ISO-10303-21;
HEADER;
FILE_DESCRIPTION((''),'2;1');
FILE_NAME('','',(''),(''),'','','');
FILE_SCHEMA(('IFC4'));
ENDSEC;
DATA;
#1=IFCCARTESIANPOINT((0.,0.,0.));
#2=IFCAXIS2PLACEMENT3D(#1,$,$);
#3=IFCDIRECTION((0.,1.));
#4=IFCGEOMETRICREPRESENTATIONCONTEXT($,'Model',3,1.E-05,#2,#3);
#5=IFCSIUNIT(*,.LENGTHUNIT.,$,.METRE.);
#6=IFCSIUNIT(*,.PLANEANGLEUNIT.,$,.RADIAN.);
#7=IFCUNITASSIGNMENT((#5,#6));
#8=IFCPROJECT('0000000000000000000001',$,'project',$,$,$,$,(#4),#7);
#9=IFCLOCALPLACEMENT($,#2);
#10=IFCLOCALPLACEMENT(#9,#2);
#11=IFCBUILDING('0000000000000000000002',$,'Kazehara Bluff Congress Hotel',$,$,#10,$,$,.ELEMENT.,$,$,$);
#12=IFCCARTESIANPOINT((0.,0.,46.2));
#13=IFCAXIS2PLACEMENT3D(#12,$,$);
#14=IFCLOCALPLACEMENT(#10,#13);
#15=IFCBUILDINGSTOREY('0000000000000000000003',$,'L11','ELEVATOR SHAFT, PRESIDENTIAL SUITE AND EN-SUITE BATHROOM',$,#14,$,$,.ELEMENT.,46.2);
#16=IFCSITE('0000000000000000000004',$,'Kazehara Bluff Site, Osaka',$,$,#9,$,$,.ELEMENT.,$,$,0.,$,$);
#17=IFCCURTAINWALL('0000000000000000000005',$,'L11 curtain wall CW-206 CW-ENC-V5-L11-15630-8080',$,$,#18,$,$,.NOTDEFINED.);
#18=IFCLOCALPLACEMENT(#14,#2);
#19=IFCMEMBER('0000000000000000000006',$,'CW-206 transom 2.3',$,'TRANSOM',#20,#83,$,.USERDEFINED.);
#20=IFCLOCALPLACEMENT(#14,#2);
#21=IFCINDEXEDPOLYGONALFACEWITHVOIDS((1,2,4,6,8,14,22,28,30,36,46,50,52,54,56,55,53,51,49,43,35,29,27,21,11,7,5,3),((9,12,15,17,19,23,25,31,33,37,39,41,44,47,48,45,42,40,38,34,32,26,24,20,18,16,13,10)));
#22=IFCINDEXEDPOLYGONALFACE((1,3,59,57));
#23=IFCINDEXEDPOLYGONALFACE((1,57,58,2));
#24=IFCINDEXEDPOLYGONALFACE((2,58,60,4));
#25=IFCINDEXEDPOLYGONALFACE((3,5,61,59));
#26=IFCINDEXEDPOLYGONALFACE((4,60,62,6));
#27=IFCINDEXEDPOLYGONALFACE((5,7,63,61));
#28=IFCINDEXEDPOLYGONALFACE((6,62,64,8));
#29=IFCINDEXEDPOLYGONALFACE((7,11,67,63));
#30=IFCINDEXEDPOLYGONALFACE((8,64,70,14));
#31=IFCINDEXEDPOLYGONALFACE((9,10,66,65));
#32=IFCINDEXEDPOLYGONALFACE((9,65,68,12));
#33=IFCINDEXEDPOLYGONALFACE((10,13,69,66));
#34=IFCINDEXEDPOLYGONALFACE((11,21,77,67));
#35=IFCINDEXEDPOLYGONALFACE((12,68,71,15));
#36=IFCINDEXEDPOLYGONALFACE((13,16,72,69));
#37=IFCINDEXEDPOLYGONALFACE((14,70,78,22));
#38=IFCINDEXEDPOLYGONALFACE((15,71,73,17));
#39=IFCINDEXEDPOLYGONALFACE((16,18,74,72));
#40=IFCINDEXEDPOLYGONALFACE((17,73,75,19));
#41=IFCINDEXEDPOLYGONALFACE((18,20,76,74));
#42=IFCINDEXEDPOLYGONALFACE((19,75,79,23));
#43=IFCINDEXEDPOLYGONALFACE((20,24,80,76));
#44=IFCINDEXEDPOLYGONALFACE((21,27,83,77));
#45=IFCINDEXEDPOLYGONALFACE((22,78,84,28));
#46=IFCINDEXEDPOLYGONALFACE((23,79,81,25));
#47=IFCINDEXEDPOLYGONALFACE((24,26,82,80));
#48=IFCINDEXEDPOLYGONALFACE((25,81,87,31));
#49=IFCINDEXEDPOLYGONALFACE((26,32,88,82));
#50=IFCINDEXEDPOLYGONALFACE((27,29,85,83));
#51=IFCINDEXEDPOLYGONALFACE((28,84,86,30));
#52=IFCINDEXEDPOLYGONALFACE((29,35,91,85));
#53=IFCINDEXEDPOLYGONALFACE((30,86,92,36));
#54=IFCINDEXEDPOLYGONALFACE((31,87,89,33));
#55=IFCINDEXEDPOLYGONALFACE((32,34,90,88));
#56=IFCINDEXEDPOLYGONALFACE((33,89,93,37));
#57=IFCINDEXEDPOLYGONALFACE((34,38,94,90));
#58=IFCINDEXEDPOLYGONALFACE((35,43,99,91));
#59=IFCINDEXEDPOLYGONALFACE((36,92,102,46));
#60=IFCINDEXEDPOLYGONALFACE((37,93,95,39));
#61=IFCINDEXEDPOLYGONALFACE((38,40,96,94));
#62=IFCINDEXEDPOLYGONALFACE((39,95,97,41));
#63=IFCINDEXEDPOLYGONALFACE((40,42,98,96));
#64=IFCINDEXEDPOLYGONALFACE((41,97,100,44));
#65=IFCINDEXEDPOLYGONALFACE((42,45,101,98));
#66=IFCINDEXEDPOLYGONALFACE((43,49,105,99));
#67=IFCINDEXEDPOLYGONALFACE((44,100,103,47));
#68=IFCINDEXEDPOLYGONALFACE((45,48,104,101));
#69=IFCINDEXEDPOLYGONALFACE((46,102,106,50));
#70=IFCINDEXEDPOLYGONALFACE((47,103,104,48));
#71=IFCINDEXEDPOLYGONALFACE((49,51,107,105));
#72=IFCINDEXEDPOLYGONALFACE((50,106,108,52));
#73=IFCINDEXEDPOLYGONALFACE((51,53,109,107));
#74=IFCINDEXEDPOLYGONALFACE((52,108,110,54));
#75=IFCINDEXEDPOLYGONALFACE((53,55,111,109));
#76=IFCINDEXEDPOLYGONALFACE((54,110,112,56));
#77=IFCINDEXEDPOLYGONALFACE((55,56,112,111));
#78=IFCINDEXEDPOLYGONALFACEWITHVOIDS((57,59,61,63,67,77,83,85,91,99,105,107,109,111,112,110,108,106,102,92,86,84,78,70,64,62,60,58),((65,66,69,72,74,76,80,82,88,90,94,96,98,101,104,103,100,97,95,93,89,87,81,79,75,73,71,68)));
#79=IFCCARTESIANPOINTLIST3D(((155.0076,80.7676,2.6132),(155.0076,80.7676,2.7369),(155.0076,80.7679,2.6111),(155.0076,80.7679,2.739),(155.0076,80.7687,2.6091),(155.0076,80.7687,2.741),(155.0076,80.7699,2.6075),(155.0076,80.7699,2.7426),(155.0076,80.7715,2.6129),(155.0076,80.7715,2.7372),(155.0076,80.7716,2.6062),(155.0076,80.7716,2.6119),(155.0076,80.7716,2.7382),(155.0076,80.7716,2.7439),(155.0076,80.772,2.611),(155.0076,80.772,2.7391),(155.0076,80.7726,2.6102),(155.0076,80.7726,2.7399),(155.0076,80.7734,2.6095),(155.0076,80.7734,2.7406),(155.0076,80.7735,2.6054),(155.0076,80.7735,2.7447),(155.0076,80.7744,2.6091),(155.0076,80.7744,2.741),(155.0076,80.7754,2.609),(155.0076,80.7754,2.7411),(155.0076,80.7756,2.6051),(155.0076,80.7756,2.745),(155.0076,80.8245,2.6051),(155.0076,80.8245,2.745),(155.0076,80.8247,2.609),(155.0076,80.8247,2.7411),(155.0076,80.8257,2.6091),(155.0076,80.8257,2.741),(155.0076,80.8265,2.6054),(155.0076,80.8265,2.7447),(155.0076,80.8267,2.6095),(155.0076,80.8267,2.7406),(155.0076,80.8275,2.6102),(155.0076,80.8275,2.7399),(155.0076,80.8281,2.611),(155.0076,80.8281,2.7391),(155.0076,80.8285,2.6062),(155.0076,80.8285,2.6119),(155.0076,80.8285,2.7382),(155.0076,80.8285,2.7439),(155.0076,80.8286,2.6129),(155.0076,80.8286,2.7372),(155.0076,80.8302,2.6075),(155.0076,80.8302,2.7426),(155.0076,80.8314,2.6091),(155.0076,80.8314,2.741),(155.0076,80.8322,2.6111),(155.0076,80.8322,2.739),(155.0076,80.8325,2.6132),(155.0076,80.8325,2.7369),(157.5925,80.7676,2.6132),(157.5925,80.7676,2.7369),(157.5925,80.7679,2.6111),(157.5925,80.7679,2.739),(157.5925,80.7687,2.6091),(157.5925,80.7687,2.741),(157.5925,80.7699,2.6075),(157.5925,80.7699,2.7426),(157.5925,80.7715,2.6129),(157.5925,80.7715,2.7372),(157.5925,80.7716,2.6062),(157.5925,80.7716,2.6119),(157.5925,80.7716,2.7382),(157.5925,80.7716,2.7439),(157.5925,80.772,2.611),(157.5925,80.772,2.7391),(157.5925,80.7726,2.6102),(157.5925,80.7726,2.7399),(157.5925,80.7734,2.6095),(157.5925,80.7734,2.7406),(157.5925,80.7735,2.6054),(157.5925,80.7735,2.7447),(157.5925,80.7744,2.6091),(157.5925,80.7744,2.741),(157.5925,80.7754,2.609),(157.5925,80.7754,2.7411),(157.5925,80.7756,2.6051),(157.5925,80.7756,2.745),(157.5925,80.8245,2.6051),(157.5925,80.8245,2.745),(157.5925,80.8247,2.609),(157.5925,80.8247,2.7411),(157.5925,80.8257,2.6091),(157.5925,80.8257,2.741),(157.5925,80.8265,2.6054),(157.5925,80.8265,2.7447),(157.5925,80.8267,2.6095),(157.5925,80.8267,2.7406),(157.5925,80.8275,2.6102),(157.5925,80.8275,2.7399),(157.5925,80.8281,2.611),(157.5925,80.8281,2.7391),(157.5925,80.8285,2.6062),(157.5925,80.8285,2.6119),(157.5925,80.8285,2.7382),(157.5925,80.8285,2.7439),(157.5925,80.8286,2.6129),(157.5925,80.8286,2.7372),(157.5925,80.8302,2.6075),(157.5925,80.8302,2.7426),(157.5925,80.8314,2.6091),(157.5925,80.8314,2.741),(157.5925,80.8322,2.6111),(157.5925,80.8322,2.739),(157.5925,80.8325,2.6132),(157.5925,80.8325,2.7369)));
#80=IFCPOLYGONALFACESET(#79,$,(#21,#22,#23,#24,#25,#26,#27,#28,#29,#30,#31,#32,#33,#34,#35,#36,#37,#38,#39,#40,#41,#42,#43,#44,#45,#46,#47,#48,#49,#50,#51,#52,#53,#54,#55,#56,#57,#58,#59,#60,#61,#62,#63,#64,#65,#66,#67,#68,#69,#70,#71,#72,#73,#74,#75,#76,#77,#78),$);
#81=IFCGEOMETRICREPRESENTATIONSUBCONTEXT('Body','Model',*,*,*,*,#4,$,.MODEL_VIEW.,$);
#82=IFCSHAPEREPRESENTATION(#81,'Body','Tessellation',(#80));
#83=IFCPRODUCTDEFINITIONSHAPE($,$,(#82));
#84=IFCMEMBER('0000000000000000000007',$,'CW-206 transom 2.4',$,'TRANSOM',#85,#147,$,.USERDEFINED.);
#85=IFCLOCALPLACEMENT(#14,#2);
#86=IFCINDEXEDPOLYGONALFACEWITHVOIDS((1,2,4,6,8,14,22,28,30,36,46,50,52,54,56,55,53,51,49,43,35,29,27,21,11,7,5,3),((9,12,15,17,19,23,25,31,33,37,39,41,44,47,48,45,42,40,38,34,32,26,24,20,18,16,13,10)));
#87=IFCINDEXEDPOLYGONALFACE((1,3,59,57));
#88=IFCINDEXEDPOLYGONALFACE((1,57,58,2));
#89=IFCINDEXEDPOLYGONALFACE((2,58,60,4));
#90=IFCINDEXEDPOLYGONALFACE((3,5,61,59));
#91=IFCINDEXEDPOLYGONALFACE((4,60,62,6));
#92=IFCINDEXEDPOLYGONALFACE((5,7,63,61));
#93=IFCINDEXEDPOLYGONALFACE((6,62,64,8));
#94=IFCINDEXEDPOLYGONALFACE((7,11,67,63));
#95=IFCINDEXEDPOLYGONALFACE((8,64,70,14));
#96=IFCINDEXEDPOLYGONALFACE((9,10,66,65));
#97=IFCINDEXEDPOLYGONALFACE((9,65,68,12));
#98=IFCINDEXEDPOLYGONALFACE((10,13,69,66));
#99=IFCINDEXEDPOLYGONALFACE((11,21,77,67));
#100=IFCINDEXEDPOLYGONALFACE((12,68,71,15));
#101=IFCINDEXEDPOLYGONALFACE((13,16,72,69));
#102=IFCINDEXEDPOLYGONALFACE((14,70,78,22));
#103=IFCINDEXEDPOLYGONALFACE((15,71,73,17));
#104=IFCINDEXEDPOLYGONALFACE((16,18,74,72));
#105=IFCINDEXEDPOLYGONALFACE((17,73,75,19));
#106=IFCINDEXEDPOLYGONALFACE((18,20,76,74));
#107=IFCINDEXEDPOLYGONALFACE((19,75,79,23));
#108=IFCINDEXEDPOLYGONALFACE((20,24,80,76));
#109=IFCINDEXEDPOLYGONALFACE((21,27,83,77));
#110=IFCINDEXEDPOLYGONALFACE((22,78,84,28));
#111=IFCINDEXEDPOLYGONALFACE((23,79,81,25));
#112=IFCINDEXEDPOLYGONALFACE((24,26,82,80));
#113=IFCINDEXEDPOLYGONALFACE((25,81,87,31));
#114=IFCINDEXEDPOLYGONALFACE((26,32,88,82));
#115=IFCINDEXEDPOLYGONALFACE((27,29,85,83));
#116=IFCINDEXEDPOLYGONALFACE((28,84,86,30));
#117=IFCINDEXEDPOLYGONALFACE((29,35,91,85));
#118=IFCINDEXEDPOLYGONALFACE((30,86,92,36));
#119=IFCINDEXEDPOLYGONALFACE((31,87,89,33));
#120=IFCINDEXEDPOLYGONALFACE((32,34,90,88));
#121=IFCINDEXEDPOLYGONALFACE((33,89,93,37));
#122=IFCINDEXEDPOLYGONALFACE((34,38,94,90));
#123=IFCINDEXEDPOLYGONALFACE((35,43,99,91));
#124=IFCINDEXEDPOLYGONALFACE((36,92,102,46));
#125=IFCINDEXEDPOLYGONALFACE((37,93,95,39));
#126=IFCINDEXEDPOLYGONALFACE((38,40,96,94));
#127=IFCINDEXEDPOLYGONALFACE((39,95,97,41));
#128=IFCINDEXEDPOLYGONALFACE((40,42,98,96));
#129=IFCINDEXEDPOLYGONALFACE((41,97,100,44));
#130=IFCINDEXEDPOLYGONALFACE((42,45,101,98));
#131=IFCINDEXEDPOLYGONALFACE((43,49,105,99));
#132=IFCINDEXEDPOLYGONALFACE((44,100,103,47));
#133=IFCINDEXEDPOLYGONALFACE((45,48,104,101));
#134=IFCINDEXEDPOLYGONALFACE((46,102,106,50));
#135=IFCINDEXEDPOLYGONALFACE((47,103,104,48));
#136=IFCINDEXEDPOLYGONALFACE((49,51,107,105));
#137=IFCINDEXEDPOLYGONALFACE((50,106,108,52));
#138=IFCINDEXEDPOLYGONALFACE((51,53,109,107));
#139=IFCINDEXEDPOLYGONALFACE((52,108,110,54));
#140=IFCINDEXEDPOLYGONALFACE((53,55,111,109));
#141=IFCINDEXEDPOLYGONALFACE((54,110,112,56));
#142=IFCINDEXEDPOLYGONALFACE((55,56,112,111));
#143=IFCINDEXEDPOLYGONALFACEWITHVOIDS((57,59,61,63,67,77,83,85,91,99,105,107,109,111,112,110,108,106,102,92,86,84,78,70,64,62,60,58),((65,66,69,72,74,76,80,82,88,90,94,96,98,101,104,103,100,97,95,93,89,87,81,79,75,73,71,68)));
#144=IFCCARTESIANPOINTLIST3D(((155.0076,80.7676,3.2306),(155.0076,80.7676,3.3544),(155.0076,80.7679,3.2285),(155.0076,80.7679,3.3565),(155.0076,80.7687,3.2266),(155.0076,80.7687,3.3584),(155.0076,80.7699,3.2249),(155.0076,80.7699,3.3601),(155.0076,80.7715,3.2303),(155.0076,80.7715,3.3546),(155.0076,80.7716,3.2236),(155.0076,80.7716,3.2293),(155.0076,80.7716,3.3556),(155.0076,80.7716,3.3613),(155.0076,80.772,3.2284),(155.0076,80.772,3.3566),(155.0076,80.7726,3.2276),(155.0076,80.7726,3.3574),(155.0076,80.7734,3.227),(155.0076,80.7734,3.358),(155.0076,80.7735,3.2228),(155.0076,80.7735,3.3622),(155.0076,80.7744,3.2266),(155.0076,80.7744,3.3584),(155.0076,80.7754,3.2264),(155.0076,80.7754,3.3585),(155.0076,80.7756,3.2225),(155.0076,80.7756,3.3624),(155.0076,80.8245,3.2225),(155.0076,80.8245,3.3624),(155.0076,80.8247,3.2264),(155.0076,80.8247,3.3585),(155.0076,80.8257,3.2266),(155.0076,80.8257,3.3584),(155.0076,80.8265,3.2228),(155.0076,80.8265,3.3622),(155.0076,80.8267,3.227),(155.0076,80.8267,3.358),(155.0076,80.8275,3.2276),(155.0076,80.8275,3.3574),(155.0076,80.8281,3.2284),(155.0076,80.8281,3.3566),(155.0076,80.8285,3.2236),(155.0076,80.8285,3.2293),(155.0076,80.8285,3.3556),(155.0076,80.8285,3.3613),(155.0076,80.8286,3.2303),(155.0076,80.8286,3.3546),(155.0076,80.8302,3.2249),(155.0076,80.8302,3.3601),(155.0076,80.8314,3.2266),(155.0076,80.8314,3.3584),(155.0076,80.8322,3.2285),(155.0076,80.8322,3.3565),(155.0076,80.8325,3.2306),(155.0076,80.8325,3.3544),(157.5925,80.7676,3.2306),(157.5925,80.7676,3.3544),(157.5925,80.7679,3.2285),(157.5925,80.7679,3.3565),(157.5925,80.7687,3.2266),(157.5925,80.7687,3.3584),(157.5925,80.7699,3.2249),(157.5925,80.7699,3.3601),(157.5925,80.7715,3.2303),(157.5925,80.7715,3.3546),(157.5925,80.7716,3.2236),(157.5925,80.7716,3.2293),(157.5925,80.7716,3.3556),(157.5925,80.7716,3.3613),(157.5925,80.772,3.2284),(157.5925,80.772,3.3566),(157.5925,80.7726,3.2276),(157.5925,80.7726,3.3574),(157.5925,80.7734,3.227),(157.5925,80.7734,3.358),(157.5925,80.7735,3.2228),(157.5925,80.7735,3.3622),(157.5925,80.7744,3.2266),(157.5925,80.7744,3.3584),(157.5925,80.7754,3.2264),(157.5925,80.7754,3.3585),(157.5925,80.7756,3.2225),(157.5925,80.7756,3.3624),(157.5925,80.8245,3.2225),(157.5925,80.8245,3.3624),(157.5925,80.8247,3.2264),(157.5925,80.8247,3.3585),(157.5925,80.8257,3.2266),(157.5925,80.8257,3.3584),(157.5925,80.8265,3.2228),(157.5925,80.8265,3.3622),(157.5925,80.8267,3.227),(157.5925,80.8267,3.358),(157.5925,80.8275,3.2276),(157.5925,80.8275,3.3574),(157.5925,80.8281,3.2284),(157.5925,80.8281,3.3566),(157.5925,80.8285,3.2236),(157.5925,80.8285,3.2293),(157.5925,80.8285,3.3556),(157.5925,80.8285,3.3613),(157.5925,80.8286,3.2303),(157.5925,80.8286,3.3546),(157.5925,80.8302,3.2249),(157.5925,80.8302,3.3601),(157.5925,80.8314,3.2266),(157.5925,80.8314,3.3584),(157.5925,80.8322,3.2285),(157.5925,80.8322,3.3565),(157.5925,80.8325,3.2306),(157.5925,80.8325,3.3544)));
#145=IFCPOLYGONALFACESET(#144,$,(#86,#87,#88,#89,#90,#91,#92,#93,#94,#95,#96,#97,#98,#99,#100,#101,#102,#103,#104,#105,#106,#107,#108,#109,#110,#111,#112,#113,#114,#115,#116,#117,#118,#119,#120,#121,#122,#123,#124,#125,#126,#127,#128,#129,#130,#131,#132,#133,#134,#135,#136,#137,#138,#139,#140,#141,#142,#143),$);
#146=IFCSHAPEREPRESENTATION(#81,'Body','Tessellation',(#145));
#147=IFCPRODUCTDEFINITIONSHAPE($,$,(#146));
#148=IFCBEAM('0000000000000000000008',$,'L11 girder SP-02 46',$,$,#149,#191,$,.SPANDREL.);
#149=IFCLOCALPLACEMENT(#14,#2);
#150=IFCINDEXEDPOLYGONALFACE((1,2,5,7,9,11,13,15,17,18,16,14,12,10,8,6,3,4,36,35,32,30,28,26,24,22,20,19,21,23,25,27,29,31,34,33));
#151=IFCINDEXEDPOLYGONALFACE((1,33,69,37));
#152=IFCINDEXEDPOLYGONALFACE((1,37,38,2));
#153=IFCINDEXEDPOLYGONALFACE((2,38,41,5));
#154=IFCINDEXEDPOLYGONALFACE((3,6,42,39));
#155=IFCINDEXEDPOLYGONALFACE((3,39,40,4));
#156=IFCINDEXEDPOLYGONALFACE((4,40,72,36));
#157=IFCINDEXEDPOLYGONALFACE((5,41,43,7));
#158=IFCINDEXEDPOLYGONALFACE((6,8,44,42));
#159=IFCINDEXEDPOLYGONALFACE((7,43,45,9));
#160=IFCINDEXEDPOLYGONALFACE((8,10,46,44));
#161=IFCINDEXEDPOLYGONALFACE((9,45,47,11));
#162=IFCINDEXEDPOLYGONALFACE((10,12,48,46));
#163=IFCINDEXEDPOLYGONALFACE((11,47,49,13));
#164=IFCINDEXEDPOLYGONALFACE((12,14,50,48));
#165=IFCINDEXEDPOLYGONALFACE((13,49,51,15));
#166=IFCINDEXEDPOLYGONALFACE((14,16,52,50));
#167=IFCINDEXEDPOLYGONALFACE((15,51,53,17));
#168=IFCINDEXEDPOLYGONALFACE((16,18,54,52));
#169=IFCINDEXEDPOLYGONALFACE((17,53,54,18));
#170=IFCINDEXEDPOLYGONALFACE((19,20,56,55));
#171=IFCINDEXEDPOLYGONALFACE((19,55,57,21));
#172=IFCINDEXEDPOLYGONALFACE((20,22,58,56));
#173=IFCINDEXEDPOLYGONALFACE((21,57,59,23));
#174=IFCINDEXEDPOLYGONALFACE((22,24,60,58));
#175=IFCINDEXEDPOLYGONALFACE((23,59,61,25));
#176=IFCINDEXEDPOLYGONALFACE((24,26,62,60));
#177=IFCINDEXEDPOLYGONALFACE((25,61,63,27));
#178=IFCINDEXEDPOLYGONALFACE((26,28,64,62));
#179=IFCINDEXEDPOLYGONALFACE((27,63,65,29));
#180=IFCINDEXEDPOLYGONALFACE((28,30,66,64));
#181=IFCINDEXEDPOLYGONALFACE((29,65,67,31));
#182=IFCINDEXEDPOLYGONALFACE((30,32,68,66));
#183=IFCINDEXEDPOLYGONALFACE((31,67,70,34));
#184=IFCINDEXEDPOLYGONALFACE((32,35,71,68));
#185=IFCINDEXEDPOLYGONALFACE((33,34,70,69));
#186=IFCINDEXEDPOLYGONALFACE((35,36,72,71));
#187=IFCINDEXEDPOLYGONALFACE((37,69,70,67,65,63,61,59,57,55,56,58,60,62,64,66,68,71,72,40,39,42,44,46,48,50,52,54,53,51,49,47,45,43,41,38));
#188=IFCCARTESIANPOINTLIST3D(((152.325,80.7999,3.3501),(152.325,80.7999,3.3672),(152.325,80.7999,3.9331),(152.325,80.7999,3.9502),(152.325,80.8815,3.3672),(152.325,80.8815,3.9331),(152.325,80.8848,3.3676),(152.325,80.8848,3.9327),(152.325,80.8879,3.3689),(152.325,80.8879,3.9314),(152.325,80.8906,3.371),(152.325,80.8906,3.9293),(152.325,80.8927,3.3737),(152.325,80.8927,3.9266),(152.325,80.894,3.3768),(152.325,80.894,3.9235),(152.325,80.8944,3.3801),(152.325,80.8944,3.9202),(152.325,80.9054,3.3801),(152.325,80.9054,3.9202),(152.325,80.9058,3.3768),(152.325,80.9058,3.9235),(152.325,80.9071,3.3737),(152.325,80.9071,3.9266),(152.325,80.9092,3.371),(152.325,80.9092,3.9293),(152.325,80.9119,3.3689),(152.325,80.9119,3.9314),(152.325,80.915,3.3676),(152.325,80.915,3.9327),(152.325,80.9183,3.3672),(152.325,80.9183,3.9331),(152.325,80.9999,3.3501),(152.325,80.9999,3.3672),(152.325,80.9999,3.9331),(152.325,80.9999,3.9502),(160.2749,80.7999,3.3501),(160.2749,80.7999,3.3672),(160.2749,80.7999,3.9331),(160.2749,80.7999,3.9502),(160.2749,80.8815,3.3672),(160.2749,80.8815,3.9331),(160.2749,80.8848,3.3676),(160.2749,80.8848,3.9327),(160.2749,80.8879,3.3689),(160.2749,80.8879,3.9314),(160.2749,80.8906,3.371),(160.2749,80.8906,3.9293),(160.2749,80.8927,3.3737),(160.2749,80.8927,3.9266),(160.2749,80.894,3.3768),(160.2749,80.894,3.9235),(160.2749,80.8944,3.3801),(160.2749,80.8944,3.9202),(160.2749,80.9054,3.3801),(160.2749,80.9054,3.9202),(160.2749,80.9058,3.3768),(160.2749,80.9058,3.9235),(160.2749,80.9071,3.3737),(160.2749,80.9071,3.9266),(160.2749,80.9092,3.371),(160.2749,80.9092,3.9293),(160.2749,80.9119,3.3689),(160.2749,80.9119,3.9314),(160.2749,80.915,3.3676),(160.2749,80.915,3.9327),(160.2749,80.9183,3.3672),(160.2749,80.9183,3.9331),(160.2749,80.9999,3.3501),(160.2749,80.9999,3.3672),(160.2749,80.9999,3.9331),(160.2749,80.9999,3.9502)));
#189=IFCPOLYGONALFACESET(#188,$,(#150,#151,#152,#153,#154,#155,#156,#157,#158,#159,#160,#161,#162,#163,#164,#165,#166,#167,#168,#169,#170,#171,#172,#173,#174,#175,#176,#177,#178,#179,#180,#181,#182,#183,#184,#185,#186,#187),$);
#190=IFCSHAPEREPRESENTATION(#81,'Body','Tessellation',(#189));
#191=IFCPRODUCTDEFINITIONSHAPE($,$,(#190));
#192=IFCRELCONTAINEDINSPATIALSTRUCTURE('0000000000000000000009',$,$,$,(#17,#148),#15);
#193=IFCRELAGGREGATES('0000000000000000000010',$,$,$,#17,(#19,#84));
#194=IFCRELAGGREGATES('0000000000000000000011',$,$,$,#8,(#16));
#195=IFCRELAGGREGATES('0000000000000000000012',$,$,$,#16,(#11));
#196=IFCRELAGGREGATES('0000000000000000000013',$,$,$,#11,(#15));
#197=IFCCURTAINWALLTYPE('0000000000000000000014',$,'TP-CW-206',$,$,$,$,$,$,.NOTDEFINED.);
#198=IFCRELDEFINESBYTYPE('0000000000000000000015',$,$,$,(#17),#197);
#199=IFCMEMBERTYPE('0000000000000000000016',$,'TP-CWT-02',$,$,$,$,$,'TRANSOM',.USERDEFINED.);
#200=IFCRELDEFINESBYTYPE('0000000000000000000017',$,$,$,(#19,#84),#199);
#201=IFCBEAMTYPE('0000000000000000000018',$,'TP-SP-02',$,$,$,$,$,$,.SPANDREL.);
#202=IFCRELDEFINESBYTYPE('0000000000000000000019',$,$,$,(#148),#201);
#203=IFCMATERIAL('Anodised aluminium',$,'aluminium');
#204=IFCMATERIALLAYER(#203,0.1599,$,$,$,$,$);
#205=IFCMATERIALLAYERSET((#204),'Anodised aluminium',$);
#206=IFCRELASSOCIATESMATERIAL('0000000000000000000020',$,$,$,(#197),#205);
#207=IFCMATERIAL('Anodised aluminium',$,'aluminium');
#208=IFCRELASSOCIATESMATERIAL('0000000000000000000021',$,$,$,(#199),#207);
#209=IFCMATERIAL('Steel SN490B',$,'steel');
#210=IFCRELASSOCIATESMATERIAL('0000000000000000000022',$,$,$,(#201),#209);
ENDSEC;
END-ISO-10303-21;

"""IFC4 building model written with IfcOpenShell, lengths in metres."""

from ifc_helpers import new_model, si_unit, direction, frame, origin, origin_2d, place, context, subcontext, project, spatial, hollow_rectangle, i_section, extrude, material, layer, layer_set, material_profile, profile_set, type_object, element, aggregate, save


model = new_model("IFC4")

# Units and contexts
model_context = context("Model", 3, precision=1e-05, world=origin(), true_north=direction((0.0, 1.0)))
body_context = subcontext(model_context, "Body", "Model", "MODEL_VIEW")
ifc_project = project(units=[si_unit("LENGTHUNIT", "METRE"), si_unit("PLANEANGLEUNIT", "RADIAN")], contexts=[model_context])

# Site, building, storey
site_placement = place(None, origin())
site = spatial("IfcSite", under=ifc_project, at=site_placement, Name="Kazehara Bluff Site, Osaka", CompositionType="ELEMENT", RefElevation=0.0)
building_placement = place(site_placement, origin())
building = spatial("IfcBuilding", under=site, at=building_placement, Name="Kazehara Bluff Congress Hotel", CompositionType="ELEMENT")
storey_placement = place(building_placement, frame((0.0, 0.0, 46.2)))
storey = spatial("IfcBuildingStorey", under=building, at=storey_placement, Name="L11", Description="ELEVATOR SHAFT, PRESIDENTIAL SUITE AND EN-SUITE BATHROOM", CompositionType="ELEMENT", Elevation=46.2)

# Shared definitions
ifc_material_1 = material(Name="Anodised aluminium", Category="aluminium")
ifc_layer_1 = layer(ifc_material_1, 0.1599)
ifc_layer_set_1 = layer_set([ifc_layer_1], Name="Anodised aluminium")
curtain_wall_type = type_object("IfcCurtainWallType", Name="TP-CW-206", PredefinedType="NOTDEFINED", material=ifc_layer_set_1)

# Curtain wall, members
curtain_wall_1_placement = place(storey_placement, origin())
curtain_wall_1 = element("IfcCurtainWall", 1, at=curtain_wall_1_placement, inside=storey, type_object=curtain_wall_type, Name="L11 curtain wall CW-206 CW-ENC-V5-L11-15630-8080", PredefinedType="NOTDEFINED")
ifc_material_2 = material(Name="Anodised aluminium", Category="aluminium")
ifc_material_profile_1 = material_profile(ifc_material_2, hollow_rectangle(XDim=0.0649, YDim=0.1399, WallThickness=0.0039, InnerFilletRadius=0.0039, OuterFilletRadius=0.0081, at=origin_2d()))
ifc_profile_set_1 = profile_set([ifc_material_profile_1], Name="Anodised aluminium")
member_type_1 = type_object("IfcMemberType", Name="TP-CWT-02", ElementType="TRANSOM", PredefinedType="USERDEFINED", material=ifc_profile_set_1)
member_1_placement = place(storey_placement, frame((155.0076, 80.8, 2.675), z_axis=(1.0, 0.0, 0.0), x_axis=(0.0, 1.0, 0.0)))
member_1 = element("IfcMember", 2, at=member_1_placement, type_object=member_type_1, Name="CW-206 transom 2.3", ObjectType="TRANSOM", PredefinedType="USERDEFINED", context=body_context, shape_type="SweptSolid", body=[
    extrude(hollow_rectangle(XDim=0.0649, YDim=0.1399, WallThickness=0.0039, InnerFilletRadius=0.0039, OuterFilletRadius=0.0081, at=origin_2d()), origin(), (0.0, 0.0, 1.0), 2.585),
])
member_2_placement = place(storey_placement, frame((155.0076, 80.8, 3.2925), z_axis=(1.0, 0.0, 0.0), x_axis=(0.0, 1.0, 0.0)))
member_2 = element("IfcMember", 3, at=member_2_placement, type_object=member_type_1, Name="CW-206 transom 2.4", ObjectType="TRANSOM", PredefinedType="USERDEFINED", context=body_context, shape_type="SweptSolid", body=[
    extrude(hollow_rectangle(XDim=0.0649, YDim=0.1399, WallThickness=0.0039, InnerFilletRadius=0.0039, OuterFilletRadius=0.0081, at=origin_2d()), origin(), (0.0, 0.0, 1.0), 2.585),
])

# Beam
ifc_material_3 = material(Name="Steel SN490B", Category="steel")
ifc_material_profile_2 = material_profile(ifc_material_3, i_section(OverallWidth=0.2, OverallDepth=0.6001, WebThickness=0.011, FlangeThickness=0.0171, FilletRadius=0.0129, at=origin_2d()))
ifc_profile_set_2 = profile_set([ifc_material_profile_2], Name="Steel SN490B")
beam_type = type_object("IfcBeamType", Name="TP-SP-02", PredefinedType="SPANDREL", material=ifc_profile_set_2)
beam_placement = place(storey_placement, frame((152.325, 80.8999, 3.6501), z_axis=(1.0, 0.0, 0.0), x_axis=(0.0, 1.0, 0.0)))
element("IfcBeam", 4, at=beam_placement, inside=storey, type_object=beam_type, Name="L11 girder SP-02 46", PredefinedType="SPANDREL", context=body_context, shape_type="SweptSolid", body=[
    extrude(i_section(OverallWidth=0.2, OverallDepth=0.6001, WebThickness=0.011, FlangeThickness=0.0171, FilletRadius=0.0129, at=origin_2d()), origin(), (0.0, 0.0, 1.0), 7.95),
])

aggregate(curtain_wall_1, [member_1, member_2])

save(model, "model.ifc")
